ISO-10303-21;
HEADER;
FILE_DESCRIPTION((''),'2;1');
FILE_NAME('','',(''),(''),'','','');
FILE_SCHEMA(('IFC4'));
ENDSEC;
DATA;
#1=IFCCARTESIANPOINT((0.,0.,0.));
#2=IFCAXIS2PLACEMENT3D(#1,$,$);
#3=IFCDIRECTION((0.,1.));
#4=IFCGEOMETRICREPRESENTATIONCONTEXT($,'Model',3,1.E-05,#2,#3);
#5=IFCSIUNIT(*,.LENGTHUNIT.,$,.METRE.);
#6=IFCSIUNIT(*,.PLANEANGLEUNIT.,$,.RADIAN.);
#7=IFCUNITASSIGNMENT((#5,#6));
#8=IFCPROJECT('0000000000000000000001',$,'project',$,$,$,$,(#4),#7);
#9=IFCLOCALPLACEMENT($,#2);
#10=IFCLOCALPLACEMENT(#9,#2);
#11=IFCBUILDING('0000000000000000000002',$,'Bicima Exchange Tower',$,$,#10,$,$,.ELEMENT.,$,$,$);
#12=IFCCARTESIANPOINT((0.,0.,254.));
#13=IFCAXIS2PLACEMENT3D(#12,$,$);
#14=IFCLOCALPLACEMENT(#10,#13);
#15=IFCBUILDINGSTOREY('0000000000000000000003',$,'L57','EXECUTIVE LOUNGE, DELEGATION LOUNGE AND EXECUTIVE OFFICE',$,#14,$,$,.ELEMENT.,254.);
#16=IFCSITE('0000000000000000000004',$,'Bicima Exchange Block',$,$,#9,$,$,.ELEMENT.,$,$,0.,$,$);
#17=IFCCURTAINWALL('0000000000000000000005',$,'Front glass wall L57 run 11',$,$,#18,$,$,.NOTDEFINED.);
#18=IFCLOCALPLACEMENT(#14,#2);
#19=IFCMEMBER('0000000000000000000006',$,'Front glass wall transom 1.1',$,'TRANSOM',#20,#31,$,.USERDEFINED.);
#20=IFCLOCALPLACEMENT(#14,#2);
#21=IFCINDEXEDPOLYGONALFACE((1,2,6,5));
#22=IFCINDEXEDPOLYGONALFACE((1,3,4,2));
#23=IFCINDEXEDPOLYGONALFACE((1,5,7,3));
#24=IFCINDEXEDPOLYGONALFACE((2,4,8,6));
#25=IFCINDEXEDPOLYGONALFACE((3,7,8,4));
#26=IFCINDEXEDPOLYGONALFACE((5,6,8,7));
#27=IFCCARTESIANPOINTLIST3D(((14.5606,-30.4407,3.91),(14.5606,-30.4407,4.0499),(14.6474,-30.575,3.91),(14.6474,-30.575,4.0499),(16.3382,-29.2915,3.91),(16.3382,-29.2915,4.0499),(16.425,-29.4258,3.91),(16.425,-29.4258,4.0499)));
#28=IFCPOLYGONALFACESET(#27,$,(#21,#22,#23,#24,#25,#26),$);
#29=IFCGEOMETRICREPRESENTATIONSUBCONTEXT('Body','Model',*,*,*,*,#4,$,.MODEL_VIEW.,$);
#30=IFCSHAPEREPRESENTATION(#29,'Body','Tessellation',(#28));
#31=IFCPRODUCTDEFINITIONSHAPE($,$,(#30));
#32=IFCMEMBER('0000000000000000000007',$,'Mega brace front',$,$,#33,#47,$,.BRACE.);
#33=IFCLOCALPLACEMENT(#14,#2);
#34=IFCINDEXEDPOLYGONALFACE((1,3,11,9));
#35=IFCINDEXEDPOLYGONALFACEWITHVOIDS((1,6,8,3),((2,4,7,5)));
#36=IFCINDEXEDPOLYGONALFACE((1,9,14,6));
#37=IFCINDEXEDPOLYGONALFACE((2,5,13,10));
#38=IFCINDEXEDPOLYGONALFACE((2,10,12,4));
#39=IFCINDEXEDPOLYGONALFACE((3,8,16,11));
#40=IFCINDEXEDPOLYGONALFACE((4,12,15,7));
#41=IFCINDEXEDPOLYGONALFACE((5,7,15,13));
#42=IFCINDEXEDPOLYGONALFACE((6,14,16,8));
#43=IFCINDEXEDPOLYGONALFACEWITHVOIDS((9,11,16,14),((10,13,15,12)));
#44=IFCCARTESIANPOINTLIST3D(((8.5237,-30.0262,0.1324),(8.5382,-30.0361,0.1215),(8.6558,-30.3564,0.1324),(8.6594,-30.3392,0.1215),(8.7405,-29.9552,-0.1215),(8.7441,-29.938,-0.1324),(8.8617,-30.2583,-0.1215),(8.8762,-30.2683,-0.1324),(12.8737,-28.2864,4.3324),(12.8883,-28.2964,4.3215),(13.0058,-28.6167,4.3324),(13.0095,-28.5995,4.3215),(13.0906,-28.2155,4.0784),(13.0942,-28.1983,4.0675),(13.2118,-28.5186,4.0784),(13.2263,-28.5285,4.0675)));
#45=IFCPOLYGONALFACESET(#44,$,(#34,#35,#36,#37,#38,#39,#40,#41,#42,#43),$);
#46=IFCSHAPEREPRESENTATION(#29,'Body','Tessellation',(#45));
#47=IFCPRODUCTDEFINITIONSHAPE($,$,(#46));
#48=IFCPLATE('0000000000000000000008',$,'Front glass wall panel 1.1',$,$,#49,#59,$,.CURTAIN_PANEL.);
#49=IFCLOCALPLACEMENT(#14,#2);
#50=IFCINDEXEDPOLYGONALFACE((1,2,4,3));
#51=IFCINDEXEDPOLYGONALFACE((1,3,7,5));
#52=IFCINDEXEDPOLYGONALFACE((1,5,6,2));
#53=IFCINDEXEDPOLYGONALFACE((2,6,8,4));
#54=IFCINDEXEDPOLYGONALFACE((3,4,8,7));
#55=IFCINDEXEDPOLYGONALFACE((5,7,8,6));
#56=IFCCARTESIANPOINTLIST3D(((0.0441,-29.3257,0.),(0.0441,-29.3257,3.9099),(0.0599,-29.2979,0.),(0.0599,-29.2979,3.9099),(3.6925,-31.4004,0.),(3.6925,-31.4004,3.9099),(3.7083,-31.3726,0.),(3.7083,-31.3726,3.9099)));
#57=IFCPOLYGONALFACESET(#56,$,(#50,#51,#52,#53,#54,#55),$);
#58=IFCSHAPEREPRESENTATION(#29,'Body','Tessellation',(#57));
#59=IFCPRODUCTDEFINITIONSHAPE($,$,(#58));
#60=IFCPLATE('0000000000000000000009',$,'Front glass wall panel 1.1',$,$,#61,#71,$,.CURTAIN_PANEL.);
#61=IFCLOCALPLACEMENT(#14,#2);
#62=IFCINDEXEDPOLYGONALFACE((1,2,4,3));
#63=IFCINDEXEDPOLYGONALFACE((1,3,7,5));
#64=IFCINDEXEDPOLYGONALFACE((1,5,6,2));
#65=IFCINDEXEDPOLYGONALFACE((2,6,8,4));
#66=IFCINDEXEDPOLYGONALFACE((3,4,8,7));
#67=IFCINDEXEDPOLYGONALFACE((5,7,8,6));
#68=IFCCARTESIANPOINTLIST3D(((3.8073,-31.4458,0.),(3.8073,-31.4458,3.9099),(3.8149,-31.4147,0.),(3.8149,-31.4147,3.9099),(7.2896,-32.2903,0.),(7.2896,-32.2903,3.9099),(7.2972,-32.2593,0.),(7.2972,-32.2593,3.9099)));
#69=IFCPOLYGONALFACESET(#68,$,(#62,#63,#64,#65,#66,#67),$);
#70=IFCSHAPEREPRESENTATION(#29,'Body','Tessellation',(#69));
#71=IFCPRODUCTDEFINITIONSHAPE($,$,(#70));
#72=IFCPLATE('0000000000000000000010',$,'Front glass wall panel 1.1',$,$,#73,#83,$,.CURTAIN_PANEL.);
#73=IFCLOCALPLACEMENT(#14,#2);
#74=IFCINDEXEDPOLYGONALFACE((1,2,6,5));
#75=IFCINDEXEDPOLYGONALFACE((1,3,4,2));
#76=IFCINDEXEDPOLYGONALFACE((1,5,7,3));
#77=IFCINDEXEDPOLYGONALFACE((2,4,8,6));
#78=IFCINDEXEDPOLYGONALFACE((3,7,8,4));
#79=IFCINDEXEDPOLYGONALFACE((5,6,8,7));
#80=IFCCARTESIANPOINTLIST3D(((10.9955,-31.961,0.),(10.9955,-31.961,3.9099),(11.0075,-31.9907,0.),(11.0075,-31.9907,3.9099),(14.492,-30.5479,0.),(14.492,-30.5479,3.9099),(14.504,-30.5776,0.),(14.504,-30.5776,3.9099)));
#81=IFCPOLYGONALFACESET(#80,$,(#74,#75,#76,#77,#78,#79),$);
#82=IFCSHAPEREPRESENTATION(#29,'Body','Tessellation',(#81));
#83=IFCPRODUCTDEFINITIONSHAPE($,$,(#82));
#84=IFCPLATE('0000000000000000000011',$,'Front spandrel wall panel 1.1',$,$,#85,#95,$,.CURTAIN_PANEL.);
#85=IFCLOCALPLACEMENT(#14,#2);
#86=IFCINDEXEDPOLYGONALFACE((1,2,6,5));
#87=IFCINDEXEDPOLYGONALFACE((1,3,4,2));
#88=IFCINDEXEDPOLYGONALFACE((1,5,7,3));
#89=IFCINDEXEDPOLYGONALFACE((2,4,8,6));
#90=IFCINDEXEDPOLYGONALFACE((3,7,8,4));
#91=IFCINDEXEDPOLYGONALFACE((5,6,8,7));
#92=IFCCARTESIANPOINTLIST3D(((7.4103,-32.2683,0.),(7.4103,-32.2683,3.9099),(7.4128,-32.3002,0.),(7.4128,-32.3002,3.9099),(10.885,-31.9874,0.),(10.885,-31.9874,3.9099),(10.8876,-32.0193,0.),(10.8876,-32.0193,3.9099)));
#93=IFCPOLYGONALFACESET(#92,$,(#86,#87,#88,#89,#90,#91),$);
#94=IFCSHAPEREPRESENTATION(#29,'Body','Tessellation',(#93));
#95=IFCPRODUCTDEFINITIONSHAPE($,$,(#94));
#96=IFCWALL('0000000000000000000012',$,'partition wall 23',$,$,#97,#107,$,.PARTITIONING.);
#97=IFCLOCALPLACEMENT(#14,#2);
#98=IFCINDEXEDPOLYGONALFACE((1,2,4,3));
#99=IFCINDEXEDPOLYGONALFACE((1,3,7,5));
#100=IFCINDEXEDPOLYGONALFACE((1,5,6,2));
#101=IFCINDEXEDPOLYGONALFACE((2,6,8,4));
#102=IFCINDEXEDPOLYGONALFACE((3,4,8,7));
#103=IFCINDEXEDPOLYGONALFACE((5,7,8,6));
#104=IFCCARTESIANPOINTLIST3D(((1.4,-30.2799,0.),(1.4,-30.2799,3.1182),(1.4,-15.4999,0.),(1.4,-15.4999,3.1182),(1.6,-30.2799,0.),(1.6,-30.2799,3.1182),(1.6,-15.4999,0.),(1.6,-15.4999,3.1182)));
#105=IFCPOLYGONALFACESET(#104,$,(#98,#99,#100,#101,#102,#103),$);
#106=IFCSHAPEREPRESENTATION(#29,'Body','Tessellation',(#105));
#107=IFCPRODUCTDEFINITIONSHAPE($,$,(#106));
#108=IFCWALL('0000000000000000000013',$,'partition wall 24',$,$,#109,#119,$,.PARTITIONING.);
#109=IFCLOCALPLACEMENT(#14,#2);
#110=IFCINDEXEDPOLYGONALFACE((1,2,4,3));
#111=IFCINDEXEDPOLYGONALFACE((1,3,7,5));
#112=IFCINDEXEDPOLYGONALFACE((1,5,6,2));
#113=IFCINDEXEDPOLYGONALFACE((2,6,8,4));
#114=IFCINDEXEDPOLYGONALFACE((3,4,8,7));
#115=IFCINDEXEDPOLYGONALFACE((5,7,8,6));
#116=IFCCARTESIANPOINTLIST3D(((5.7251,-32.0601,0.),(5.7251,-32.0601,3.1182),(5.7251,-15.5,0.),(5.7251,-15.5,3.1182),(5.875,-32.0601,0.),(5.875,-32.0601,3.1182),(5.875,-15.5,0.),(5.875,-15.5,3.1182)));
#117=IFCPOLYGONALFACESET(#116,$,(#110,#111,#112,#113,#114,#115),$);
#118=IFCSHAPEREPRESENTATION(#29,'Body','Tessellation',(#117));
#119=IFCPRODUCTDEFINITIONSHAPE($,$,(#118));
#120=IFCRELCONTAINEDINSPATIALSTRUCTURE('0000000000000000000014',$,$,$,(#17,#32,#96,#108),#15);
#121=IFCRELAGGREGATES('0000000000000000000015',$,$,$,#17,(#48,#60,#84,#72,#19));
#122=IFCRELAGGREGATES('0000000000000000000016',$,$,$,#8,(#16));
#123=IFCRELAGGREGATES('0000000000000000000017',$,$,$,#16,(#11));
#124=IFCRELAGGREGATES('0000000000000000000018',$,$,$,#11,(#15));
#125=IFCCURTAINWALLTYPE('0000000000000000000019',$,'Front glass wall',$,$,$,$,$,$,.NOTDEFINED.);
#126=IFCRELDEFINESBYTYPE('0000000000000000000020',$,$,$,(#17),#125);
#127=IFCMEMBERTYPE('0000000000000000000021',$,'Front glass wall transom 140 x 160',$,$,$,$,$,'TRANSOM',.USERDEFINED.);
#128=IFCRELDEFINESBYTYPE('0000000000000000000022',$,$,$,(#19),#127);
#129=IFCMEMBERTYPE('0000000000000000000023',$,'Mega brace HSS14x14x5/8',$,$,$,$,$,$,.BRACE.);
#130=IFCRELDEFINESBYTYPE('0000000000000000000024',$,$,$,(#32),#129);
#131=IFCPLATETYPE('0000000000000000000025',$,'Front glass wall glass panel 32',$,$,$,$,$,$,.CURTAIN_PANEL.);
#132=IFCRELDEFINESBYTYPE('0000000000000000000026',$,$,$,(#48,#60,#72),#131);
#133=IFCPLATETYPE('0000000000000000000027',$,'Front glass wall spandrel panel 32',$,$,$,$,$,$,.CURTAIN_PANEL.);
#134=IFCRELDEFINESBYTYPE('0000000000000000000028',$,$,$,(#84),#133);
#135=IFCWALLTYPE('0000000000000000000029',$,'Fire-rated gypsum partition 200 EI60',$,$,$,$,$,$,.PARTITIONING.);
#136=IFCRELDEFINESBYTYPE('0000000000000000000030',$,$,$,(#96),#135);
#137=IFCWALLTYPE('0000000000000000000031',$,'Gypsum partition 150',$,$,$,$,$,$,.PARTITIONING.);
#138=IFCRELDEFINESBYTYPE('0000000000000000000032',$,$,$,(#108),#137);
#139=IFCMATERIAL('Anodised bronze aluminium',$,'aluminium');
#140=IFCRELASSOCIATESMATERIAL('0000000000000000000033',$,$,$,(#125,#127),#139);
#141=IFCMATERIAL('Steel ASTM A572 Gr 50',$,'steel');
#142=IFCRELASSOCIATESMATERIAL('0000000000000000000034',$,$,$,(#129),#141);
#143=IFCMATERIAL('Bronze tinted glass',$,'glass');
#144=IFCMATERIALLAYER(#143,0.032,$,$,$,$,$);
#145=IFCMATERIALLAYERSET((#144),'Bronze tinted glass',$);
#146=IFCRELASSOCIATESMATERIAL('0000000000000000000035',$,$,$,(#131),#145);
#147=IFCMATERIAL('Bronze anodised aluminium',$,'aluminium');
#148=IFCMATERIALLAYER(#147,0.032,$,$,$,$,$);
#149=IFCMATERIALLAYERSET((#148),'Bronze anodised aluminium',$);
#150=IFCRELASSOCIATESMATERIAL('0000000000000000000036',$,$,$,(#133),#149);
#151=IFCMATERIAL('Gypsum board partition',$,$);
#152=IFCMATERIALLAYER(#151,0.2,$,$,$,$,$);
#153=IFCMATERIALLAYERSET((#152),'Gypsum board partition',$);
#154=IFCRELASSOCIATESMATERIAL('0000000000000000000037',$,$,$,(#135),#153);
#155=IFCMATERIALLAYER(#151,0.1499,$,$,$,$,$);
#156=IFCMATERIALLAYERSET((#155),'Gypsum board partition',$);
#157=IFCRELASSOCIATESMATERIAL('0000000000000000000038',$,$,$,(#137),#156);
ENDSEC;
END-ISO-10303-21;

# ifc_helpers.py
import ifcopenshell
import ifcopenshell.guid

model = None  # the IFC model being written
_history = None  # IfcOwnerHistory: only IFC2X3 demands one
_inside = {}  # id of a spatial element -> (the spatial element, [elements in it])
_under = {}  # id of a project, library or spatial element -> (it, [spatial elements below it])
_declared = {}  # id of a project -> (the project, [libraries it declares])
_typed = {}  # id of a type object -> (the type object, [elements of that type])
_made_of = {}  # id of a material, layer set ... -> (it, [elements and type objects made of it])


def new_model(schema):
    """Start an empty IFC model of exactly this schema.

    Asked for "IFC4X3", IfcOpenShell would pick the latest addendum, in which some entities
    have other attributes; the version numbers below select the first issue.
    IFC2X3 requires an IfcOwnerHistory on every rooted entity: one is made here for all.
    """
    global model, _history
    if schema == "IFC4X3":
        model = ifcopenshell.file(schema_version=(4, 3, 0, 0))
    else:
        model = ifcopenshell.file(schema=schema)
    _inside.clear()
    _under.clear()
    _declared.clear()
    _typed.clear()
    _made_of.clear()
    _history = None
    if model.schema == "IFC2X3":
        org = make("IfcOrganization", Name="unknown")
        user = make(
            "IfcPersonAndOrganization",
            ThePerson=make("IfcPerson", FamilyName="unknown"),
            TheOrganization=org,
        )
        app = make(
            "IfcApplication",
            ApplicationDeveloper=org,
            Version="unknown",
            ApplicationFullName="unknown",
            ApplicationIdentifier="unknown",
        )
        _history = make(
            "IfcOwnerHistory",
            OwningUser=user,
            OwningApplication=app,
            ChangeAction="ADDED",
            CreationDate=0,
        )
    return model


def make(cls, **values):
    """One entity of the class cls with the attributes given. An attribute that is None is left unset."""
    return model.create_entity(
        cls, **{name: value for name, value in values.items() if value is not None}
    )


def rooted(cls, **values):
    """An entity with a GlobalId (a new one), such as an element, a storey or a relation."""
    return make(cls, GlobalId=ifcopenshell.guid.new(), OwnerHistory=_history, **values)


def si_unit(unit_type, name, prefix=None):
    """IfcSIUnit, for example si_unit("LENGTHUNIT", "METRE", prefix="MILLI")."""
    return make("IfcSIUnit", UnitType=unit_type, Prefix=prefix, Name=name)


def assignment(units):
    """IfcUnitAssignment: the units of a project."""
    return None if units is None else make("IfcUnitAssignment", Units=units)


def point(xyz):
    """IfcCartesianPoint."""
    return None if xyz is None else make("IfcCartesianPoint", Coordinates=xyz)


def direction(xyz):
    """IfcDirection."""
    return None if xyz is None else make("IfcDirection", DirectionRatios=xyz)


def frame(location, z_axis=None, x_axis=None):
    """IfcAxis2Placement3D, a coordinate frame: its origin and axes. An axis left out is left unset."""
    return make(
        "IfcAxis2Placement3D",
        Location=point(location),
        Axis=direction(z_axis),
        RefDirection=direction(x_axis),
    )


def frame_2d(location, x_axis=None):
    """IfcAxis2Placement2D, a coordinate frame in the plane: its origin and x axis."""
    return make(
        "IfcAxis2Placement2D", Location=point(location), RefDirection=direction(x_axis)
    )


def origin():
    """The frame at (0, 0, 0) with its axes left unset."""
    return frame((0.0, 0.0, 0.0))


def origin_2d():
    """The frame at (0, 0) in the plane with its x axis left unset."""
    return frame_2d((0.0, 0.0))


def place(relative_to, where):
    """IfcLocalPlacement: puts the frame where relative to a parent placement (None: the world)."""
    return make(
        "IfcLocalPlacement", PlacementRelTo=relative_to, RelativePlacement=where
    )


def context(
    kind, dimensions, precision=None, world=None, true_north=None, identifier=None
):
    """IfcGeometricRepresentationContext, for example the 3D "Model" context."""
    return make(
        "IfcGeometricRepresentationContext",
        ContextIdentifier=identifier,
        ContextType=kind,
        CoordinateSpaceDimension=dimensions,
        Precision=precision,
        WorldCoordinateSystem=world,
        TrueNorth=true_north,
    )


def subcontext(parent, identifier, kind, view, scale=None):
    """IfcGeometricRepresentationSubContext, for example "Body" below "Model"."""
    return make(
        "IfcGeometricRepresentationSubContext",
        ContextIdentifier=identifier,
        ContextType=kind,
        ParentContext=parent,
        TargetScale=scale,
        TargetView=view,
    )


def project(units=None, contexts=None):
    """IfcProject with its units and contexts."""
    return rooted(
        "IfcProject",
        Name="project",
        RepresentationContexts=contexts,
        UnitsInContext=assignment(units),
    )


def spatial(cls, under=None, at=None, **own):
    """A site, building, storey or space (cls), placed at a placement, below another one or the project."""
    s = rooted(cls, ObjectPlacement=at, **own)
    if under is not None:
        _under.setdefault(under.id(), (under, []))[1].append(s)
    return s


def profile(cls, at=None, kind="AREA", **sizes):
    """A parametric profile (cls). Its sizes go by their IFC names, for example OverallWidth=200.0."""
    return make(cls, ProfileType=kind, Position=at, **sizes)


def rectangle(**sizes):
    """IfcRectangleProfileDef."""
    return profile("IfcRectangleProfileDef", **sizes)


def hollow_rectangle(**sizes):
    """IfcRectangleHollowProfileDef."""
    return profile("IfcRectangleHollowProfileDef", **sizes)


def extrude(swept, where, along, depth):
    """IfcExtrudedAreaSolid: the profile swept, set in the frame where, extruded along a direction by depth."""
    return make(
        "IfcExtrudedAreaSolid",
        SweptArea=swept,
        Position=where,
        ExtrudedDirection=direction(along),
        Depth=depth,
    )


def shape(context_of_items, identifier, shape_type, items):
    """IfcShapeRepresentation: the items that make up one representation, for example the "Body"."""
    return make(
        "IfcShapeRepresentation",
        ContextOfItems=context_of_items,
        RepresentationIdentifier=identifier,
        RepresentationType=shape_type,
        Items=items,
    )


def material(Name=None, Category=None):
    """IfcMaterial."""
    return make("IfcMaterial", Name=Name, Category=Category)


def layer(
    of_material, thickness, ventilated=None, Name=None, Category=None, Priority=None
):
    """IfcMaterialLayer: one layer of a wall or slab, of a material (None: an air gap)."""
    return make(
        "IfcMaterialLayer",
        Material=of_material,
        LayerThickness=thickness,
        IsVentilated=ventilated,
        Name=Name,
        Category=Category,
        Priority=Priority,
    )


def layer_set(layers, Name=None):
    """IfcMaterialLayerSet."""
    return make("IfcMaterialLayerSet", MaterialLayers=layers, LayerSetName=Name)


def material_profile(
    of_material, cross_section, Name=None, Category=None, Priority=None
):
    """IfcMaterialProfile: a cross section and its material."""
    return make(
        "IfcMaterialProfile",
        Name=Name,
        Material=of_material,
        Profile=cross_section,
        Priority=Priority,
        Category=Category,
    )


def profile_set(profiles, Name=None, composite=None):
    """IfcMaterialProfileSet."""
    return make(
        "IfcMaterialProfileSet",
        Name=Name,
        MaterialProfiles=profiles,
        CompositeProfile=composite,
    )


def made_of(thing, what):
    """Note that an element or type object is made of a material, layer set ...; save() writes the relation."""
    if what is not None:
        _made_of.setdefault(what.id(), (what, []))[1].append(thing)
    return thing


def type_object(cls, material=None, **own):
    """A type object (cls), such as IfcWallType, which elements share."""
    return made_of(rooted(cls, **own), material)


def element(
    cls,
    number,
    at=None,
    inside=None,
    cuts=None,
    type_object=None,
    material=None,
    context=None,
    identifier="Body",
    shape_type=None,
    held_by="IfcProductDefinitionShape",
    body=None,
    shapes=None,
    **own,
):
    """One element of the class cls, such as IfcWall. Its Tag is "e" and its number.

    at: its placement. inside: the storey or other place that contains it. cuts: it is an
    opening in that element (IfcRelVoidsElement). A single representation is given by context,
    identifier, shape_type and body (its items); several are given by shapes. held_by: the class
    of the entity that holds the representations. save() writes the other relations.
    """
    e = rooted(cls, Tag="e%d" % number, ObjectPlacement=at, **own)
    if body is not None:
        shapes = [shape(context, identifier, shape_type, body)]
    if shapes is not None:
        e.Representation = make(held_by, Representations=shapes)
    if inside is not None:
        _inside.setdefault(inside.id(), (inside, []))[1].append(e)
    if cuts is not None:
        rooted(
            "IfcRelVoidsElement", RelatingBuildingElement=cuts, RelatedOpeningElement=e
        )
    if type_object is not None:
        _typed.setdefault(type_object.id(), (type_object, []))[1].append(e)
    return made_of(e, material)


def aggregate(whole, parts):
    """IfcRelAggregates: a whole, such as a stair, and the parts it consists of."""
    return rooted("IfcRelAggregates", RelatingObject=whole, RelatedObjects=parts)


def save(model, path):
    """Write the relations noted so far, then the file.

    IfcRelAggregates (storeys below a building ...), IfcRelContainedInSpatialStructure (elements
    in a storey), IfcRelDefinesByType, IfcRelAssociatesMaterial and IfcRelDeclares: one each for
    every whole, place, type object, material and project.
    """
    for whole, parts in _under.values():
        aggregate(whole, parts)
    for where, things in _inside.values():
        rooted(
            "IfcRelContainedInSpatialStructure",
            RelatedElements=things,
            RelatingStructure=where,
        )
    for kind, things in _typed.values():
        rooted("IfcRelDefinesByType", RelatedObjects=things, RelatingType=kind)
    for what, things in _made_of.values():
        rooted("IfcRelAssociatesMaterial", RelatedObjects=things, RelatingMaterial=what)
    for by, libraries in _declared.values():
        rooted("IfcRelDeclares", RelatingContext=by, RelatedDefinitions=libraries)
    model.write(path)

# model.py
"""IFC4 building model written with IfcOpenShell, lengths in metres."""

from ifc_helpers import new_model, si_unit, direction, frame, frame_2d, origin, origin_2d, place, context, subcontext, project, spatial, rectangle, hollow_rectangle, extrude, material, layer, layer_set, material_profile, profile_set, type_object, element, aggregate, save


model = new_model("IFC4")

# Units and contexts
model_context = context("Model", 3, precision=1e-05, world=origin(), true_north=direction((0.0, 1.0)))
body_context = subcontext(model_context, "Body", "Model", "MODEL_VIEW")
ifc_project = project(units=[si_unit("LENGTHUNIT", "METRE"), si_unit("PLANEANGLEUNIT", "RADIAN")], contexts=[model_context])

# Site, building, storey
site_placement = place(None, origin())
site = spatial("IfcSite", under=ifc_project, at=site_placement, Name="Bicima Exchange Block", CompositionType="ELEMENT", RefElevation=0.0)
building_placement = place(site_placement, origin())
building = spatial("IfcBuilding", under=site, at=building_placement, Name="Bicima Exchange Tower", CompositionType="ELEMENT")
storey_placement = place(building_placement, frame((0.0, 0.0, 254.0)))
storey = spatial("IfcBuildingStorey", under=building, at=storey_placement, Name="L57", Description="EXECUTIVE LOUNGE, DELEGATION LOUNGE AND EXECUTIVE OFFICE", CompositionType="ELEMENT", Elevation=254.0)

# Shared definitions
ifc_material_1 = material(Name="Steel ASTM A572 Gr 50", Category="steel")

# Curtain wall, member
ifc_material_2 = material(Name="Anodised bronze aluminium", Category="aluminium")
curtain_wall_type = type_object("IfcCurtainWallType", Name="Front glass wall", PredefinedType="NOTDEFINED", material=ifc_material_2)
curtain_wall_placement = place(storey_placement, origin())
curtain_wall = element("IfcCurtainWall", 1, at=curtain_wall_placement, inside=storey, type_object=curtain_wall_type, Name="Front glass wall L57 run 11", PredefinedType="NOTDEFINED")
ifc_material_profile_1 = material_profile(ifc_material_2, rectangle(XDim=0.1599, YDim=0.1399, at=origin_2d()))
ifc_profile_set_1 = profile_set([ifc_material_profile_1], Name="Anodised bronze aluminium")
member_type_1 = type_object("IfcMemberType", Name="Front glass wall transom 140 x 160", ElementType="TRANSOM", PredefinedType="USERDEFINED", material=ifc_profile_set_1)
member_1_placement = place(storey_placement, frame((14.604, -30.5078, 3.98), z_axis=(0.839793, 0.542907, 0.0), x_axis=(-0.542907, 0.839793, 0.0)))
member_1 = element("IfcMember", 2, at=member_1_placement, type_object=member_type_1, Name="Front glass wall transom 1.1", ObjectType="TRANSOM", PredefinedType="USERDEFINED", context=body_context, shape_type="SweptSolid", body=[
    extrude(rectangle(XDim=0.1599, YDim=0.1399, at=origin_2d()), origin(), (0.0, 0.0, 1.0), 2.1167),
])

# Member
ifc_material_profile_2 = material_profile(ifc_material_1, hollow_rectangle(XDim=0.3557, YDim=0.3557, WallThickness=0.0146, at=origin_2d()))
ifc_profile_set_2 = profile_set([ifc_material_profile_2], Name="Steel ASTM A572 Gr 50")
member_type_2 = type_object("IfcMemberType", Name="Mega brace HSS14x14x5/8", PredefinedType="BRACE", material=ifc_profile_set_2)
member_2_placement = place(storey_placement, frame((8.7, -30.1472, 0.0), z_axis=(0.691366, 0.2765, 0.667503), x_axis=(-0.371337, 0.928498, 0.0)))
element("IfcMember", 3, at=member_2_placement, inside=storey, type_object=member_type_2, Name="Mega brace front", PredefinedType="BRACE", context=body_context, shape_type="SweptSolid", body=[
    extrude(hollow_rectangle(XDim=0.3557, YDim=0.3557, WallThickness=0.0146, at=origin_2d()), origin(), (0.0, 0.0, 1.0), 6.292),
])

# Plates
ifc_material_3 = material(Name="Bronze tinted glass", Category="glass")
ifc_layer_1 = layer(ifc_material_3, 0.032)
ifc_layer_set_1 = layer_set([ifc_layer_1], Name="Bronze tinted glass")
plate_type_1 = type_object("IfcPlateType", Name="Front glass wall glass panel 32", PredefinedType="CURTAIN_PANEL", material=ifc_layer_set_1)
plate_1_placement = place(storey_placement, frame((1.8762, -30.3491, 0.0), z_axis=(0.0, 0.0, 1.0), x_axis=(0.869274, -0.49433, 0.0)))
plate_1 = element("IfcPlate", 4, at=plate_1_placement, type_object=plate_type_1, Name="Front glass wall panel 1.1", PredefinedType="CURTAIN_PANEL", context=body_context, shape_type="SweptSolid", body=[
    extrude(rectangle(XDim=4.197, YDim=0.032, at=origin_2d()), origin(), (0.0, 0.0, 1.0), 3.9099),
])
plate_2_placement = place(storey_placement, frame((5.5522, -31.8525, 0.0), z_axis=(0.0, 0.0, 1.0), x_axis=(0.97183, -0.235682, 0.0)))
plate_2 = element("IfcPlate", 5, at=plate_2_placement, type_object=plate_type_1, Name="Front glass wall panel 1.1", PredefinedType="CURTAIN_PANEL", context=body_context, shape_type="SweptSolid", body=[
    extrude(rectangle(XDim=3.5833, YDim=0.032, at=origin_2d()), origin(), (0.0, 0.0, 1.0), 3.9099),
])
plate_3_placement = place(storey_placement, frame((12.7498, -31.2693, 0.0), z_axis=(0.0, 0.0, 1.0), x_axis=(0.927144, 0.374705, 0.0)))
plate_3 = element("IfcPlate", 6, at=plate_3_placement, type_object=plate_type_1, Name="Front glass wall panel 1.1", PredefinedType="CURTAIN_PANEL", context=body_context, shape_type="SweptSolid", body=[
    extrude(rectangle(XDim=3.7712, YDim=0.032, at=origin_2d()), origin(), (0.0, 0.0, 1.0), 3.9099),
])
ifc_material_4 = material(Name="Bronze anodised aluminium", Category="aluminium")
ifc_layer_2 = layer(ifc_material_4, 0.032)
ifc_layer_set_2 = layer_set([ifc_layer_2], Name="Bronze anodised aluminium")
plate_type_2 = type_object("IfcPlateType", Name="Front glass wall spandrel panel 32", PredefinedType="CURTAIN_PANEL", material=ifc_layer_set_2)
plate_4_placement = place(storey_placement, frame((9.1489, -32.1438, 0.0), z_axis=(0.0, 0.0, 1.0), x_axis=(0.996747, 0.080589, 0.0)))
plate_4 = element("IfcPlate", 7, at=plate_4_placement, type_object=plate_type_2, Name="Front spandrel wall panel 1.1", PredefinedType="CURTAIN_PANEL", context=body_context, shape_type="SweptSolid", body=[
    extrude(rectangle(XDim=3.4861, YDim=0.032, at=origin_2d()), origin(), (0.0, 0.0, 1.0), 3.9099),
])
aggregate(curtain_wall, [plate_1, plate_2, plate_4, plate_3, member_1])

# Walls
ifc_material_5 = material(Name="Gypsum board partition")
ifc_layer_3 = layer(ifc_material_5, 0.2)
ifc_layer_set_3 = layer_set([ifc_layer_3], Name="Gypsum board partition")
wall_type_1 = type_object("IfcWallType", Name="Fire-rated gypsum partition 200 EI60", PredefinedType="PARTITIONING", material=ifc_layer_set_3)
wall_1_placement = place(storey_placement, frame((1.5, -30.28, 0.0), z_axis=(0.0, 0.0, 1.0), x_axis=(0.0, 1.0, 0.0)))
element("IfcWall", 8, at=wall_1_placement, inside=storey, type_object=wall_type_1, Name="partition wall 23", PredefinedType="PARTITIONING", context=body_context, shape_type="SweptSolid", body=[
    extrude(rectangle(XDim=14.78, YDim=0.2, at=frame_2d((7.3901, 0.0))), origin(), (0.0, 0.0, 1.0), 3.1182),
])
ifc_layer_4 = layer(ifc_material_5, 0.1499)
ifc_layer_set_4 = layer_set([ifc_layer_4], Name="Gypsum board partition")
wall_type_2 = type_object("IfcWallType", Name="Gypsum partition 150", PredefinedType="PARTITIONING", material=ifc_layer_set_4)
wall_2_placement = place(storey_placement, frame((5.8, -32.0601, 0.0), z_axis=(0.0, 0.0, 1.0), x_axis=(0.0, 1.0, 0.0)))
element("IfcWall", 9, at=wall_2_placement, inside=storey, type_object=wall_type_2, Name="partition wall 24", PredefinedType="PARTITIONING", context=body_context, shape_type="SweptSolid", body=[
    extrude(rectangle(XDim=16.5601, YDim=0.1499, at=frame_2d((8.28, 0.0))), origin(), (0.0, 0.0, 1.0), 3.1182),
])

save(model, "model.ifc")
